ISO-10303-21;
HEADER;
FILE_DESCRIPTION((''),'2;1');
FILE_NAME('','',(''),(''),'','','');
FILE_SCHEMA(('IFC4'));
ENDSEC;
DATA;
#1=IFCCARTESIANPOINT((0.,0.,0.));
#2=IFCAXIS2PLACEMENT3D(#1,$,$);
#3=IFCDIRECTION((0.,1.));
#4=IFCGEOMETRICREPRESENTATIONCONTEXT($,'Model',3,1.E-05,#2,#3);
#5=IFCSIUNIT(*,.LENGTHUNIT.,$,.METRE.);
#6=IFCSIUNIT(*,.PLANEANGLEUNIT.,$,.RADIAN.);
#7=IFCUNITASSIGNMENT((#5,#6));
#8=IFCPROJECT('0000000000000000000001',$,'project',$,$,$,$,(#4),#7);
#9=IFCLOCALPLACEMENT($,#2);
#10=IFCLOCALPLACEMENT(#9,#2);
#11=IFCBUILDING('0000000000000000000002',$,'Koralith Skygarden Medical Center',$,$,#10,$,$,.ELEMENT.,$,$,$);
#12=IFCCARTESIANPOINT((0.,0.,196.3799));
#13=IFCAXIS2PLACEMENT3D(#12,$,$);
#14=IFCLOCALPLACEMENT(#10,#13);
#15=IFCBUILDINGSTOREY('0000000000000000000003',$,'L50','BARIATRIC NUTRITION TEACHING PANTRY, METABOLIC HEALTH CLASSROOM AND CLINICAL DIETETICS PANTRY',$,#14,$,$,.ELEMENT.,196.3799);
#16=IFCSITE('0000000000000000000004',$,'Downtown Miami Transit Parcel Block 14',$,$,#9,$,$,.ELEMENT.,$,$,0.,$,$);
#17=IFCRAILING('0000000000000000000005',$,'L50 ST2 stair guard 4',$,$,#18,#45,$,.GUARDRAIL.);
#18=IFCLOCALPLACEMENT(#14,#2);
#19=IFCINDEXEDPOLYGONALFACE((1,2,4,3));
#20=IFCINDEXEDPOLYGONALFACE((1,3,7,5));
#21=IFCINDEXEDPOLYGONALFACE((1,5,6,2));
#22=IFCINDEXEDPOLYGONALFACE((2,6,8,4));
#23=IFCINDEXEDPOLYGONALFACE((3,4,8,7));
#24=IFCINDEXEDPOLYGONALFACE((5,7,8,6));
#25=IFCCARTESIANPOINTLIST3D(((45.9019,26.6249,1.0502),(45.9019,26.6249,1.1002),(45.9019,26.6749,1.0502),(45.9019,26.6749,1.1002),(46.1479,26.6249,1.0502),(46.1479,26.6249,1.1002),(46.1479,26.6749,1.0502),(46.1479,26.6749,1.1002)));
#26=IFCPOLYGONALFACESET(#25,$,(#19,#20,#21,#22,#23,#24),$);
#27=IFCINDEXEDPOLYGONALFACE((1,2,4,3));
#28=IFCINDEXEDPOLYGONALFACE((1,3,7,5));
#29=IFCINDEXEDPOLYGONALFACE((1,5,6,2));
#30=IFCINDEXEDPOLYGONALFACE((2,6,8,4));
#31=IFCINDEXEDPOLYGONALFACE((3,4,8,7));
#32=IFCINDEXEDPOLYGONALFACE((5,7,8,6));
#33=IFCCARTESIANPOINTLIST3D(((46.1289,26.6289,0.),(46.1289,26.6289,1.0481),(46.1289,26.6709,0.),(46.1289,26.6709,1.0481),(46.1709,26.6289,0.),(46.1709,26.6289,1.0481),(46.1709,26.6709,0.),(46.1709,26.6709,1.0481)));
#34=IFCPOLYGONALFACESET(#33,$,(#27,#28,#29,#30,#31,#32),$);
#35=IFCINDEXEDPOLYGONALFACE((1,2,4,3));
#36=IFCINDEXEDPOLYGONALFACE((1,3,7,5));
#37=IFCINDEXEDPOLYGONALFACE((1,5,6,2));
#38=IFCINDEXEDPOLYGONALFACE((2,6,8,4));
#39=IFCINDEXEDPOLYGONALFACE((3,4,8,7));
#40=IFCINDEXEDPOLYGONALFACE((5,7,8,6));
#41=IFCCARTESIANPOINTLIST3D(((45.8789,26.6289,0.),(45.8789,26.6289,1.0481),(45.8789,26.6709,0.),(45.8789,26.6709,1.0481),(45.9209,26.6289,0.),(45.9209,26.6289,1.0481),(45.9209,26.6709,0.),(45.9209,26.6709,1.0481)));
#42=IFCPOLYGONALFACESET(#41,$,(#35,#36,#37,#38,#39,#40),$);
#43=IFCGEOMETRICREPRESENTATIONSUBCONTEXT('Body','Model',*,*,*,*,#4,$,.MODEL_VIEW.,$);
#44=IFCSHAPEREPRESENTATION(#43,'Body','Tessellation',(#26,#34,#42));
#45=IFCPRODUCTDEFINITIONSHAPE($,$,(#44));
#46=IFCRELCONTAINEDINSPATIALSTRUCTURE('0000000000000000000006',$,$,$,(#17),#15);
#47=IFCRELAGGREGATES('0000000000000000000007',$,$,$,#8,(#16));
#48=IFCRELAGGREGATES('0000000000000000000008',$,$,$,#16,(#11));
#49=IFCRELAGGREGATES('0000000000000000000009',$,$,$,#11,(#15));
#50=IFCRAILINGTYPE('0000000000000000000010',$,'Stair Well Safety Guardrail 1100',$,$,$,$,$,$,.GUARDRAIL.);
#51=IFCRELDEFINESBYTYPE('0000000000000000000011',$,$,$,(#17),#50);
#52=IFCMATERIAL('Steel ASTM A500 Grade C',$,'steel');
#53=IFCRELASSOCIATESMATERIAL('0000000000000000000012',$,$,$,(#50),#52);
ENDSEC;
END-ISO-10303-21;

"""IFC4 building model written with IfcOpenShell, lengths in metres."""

from ifc_helpers import new_model, si_unit, direction, frame, origin, origin_2d, place, context, subcontext, project, spatial, rectangle, extrude, material, type_object, element, save


model = new_model("IFC4")

# Units and contexts
model_context = context("Model", 3, precision=1e-05, world=origin(), true_north=direction((0.0, 1.0)))
body_context = subcontext(model_context, "Body", "Model", "MODEL_VIEW")
ifc_project = project(units=[si_unit("LENGTHUNIT", "METRE"), si_unit("PLANEANGLEUNIT", "RADIAN")], contexts=[model_context])

# Site, building, storey
site_placement = place(None, origin())
site = spatial("IfcSite", under=ifc_project, at=site_placement, Name="Downtown Miami Transit Parcel Block 14", CompositionType="ELEMENT", RefElevation=0.0)
building_placement = place(site_placement, origin())
building = spatial("IfcBuilding", under=site, at=building_placement, Name="Koralith Skygarden Medical Center", CompositionType="ELEMENT")
storey_placement = place(building_placement, frame((0.0, 0.0, 196.3799)))
storey = spatial("IfcBuildingStorey", under=building, at=storey_placement, Name="L50", Description="BARIATRIC NUTRITION TEACHING PANTRY, METABOLIC HEALTH CLASSROOM AND CLINICAL DIETETICS PANTRY", CompositionType="ELEMENT", Elevation=196.3799)

# Shared definitions
ifc_material_1 = material(Name="Steel ASTM A500 Grade C", Category="steel")

# Railing
railing_type_1 = type_object("IfcRailingType", Name="Stair Well Safety Guardrail 1100", PredefinedType="GUARDRAIL", material=ifc_material_1)
railing_1_placement = place(storey_placement, frame((46.1499, 26.6499, 0.0)))
element("IfcRailing", 1, at=railing_1_placement, inside=storey, type_object=railing_type_1, Name="L50 ST2 stair guard 4", PredefinedType="GUARDRAIL", context=body_context, shape_type="SweptSolid", body=[
    extrude(rectangle(XDim=0.05, YDim=0.05, at=origin_2d()), frame((-0.002, 0.0, 1.0752), z_axis=(-1.0, 0.0, 0.0), x_axis=(0.0, -1.0, 0.0)), (0.0, 0.0, 1.0), 0.2461),
    extrude(rectangle(XDim=0.042, YDim=0.042, at=origin_2d()), origin(), (0.0, 0.0, 1.0), 1.0481),
    extrude(rectangle(XDim=0.042, YDim=0.042, at=origin_2d()), frame((-0.25, 0.0, 0.0)), (0.0, 0.0, 1.0), 1.0481),
])

save(model, "model.ifc")
